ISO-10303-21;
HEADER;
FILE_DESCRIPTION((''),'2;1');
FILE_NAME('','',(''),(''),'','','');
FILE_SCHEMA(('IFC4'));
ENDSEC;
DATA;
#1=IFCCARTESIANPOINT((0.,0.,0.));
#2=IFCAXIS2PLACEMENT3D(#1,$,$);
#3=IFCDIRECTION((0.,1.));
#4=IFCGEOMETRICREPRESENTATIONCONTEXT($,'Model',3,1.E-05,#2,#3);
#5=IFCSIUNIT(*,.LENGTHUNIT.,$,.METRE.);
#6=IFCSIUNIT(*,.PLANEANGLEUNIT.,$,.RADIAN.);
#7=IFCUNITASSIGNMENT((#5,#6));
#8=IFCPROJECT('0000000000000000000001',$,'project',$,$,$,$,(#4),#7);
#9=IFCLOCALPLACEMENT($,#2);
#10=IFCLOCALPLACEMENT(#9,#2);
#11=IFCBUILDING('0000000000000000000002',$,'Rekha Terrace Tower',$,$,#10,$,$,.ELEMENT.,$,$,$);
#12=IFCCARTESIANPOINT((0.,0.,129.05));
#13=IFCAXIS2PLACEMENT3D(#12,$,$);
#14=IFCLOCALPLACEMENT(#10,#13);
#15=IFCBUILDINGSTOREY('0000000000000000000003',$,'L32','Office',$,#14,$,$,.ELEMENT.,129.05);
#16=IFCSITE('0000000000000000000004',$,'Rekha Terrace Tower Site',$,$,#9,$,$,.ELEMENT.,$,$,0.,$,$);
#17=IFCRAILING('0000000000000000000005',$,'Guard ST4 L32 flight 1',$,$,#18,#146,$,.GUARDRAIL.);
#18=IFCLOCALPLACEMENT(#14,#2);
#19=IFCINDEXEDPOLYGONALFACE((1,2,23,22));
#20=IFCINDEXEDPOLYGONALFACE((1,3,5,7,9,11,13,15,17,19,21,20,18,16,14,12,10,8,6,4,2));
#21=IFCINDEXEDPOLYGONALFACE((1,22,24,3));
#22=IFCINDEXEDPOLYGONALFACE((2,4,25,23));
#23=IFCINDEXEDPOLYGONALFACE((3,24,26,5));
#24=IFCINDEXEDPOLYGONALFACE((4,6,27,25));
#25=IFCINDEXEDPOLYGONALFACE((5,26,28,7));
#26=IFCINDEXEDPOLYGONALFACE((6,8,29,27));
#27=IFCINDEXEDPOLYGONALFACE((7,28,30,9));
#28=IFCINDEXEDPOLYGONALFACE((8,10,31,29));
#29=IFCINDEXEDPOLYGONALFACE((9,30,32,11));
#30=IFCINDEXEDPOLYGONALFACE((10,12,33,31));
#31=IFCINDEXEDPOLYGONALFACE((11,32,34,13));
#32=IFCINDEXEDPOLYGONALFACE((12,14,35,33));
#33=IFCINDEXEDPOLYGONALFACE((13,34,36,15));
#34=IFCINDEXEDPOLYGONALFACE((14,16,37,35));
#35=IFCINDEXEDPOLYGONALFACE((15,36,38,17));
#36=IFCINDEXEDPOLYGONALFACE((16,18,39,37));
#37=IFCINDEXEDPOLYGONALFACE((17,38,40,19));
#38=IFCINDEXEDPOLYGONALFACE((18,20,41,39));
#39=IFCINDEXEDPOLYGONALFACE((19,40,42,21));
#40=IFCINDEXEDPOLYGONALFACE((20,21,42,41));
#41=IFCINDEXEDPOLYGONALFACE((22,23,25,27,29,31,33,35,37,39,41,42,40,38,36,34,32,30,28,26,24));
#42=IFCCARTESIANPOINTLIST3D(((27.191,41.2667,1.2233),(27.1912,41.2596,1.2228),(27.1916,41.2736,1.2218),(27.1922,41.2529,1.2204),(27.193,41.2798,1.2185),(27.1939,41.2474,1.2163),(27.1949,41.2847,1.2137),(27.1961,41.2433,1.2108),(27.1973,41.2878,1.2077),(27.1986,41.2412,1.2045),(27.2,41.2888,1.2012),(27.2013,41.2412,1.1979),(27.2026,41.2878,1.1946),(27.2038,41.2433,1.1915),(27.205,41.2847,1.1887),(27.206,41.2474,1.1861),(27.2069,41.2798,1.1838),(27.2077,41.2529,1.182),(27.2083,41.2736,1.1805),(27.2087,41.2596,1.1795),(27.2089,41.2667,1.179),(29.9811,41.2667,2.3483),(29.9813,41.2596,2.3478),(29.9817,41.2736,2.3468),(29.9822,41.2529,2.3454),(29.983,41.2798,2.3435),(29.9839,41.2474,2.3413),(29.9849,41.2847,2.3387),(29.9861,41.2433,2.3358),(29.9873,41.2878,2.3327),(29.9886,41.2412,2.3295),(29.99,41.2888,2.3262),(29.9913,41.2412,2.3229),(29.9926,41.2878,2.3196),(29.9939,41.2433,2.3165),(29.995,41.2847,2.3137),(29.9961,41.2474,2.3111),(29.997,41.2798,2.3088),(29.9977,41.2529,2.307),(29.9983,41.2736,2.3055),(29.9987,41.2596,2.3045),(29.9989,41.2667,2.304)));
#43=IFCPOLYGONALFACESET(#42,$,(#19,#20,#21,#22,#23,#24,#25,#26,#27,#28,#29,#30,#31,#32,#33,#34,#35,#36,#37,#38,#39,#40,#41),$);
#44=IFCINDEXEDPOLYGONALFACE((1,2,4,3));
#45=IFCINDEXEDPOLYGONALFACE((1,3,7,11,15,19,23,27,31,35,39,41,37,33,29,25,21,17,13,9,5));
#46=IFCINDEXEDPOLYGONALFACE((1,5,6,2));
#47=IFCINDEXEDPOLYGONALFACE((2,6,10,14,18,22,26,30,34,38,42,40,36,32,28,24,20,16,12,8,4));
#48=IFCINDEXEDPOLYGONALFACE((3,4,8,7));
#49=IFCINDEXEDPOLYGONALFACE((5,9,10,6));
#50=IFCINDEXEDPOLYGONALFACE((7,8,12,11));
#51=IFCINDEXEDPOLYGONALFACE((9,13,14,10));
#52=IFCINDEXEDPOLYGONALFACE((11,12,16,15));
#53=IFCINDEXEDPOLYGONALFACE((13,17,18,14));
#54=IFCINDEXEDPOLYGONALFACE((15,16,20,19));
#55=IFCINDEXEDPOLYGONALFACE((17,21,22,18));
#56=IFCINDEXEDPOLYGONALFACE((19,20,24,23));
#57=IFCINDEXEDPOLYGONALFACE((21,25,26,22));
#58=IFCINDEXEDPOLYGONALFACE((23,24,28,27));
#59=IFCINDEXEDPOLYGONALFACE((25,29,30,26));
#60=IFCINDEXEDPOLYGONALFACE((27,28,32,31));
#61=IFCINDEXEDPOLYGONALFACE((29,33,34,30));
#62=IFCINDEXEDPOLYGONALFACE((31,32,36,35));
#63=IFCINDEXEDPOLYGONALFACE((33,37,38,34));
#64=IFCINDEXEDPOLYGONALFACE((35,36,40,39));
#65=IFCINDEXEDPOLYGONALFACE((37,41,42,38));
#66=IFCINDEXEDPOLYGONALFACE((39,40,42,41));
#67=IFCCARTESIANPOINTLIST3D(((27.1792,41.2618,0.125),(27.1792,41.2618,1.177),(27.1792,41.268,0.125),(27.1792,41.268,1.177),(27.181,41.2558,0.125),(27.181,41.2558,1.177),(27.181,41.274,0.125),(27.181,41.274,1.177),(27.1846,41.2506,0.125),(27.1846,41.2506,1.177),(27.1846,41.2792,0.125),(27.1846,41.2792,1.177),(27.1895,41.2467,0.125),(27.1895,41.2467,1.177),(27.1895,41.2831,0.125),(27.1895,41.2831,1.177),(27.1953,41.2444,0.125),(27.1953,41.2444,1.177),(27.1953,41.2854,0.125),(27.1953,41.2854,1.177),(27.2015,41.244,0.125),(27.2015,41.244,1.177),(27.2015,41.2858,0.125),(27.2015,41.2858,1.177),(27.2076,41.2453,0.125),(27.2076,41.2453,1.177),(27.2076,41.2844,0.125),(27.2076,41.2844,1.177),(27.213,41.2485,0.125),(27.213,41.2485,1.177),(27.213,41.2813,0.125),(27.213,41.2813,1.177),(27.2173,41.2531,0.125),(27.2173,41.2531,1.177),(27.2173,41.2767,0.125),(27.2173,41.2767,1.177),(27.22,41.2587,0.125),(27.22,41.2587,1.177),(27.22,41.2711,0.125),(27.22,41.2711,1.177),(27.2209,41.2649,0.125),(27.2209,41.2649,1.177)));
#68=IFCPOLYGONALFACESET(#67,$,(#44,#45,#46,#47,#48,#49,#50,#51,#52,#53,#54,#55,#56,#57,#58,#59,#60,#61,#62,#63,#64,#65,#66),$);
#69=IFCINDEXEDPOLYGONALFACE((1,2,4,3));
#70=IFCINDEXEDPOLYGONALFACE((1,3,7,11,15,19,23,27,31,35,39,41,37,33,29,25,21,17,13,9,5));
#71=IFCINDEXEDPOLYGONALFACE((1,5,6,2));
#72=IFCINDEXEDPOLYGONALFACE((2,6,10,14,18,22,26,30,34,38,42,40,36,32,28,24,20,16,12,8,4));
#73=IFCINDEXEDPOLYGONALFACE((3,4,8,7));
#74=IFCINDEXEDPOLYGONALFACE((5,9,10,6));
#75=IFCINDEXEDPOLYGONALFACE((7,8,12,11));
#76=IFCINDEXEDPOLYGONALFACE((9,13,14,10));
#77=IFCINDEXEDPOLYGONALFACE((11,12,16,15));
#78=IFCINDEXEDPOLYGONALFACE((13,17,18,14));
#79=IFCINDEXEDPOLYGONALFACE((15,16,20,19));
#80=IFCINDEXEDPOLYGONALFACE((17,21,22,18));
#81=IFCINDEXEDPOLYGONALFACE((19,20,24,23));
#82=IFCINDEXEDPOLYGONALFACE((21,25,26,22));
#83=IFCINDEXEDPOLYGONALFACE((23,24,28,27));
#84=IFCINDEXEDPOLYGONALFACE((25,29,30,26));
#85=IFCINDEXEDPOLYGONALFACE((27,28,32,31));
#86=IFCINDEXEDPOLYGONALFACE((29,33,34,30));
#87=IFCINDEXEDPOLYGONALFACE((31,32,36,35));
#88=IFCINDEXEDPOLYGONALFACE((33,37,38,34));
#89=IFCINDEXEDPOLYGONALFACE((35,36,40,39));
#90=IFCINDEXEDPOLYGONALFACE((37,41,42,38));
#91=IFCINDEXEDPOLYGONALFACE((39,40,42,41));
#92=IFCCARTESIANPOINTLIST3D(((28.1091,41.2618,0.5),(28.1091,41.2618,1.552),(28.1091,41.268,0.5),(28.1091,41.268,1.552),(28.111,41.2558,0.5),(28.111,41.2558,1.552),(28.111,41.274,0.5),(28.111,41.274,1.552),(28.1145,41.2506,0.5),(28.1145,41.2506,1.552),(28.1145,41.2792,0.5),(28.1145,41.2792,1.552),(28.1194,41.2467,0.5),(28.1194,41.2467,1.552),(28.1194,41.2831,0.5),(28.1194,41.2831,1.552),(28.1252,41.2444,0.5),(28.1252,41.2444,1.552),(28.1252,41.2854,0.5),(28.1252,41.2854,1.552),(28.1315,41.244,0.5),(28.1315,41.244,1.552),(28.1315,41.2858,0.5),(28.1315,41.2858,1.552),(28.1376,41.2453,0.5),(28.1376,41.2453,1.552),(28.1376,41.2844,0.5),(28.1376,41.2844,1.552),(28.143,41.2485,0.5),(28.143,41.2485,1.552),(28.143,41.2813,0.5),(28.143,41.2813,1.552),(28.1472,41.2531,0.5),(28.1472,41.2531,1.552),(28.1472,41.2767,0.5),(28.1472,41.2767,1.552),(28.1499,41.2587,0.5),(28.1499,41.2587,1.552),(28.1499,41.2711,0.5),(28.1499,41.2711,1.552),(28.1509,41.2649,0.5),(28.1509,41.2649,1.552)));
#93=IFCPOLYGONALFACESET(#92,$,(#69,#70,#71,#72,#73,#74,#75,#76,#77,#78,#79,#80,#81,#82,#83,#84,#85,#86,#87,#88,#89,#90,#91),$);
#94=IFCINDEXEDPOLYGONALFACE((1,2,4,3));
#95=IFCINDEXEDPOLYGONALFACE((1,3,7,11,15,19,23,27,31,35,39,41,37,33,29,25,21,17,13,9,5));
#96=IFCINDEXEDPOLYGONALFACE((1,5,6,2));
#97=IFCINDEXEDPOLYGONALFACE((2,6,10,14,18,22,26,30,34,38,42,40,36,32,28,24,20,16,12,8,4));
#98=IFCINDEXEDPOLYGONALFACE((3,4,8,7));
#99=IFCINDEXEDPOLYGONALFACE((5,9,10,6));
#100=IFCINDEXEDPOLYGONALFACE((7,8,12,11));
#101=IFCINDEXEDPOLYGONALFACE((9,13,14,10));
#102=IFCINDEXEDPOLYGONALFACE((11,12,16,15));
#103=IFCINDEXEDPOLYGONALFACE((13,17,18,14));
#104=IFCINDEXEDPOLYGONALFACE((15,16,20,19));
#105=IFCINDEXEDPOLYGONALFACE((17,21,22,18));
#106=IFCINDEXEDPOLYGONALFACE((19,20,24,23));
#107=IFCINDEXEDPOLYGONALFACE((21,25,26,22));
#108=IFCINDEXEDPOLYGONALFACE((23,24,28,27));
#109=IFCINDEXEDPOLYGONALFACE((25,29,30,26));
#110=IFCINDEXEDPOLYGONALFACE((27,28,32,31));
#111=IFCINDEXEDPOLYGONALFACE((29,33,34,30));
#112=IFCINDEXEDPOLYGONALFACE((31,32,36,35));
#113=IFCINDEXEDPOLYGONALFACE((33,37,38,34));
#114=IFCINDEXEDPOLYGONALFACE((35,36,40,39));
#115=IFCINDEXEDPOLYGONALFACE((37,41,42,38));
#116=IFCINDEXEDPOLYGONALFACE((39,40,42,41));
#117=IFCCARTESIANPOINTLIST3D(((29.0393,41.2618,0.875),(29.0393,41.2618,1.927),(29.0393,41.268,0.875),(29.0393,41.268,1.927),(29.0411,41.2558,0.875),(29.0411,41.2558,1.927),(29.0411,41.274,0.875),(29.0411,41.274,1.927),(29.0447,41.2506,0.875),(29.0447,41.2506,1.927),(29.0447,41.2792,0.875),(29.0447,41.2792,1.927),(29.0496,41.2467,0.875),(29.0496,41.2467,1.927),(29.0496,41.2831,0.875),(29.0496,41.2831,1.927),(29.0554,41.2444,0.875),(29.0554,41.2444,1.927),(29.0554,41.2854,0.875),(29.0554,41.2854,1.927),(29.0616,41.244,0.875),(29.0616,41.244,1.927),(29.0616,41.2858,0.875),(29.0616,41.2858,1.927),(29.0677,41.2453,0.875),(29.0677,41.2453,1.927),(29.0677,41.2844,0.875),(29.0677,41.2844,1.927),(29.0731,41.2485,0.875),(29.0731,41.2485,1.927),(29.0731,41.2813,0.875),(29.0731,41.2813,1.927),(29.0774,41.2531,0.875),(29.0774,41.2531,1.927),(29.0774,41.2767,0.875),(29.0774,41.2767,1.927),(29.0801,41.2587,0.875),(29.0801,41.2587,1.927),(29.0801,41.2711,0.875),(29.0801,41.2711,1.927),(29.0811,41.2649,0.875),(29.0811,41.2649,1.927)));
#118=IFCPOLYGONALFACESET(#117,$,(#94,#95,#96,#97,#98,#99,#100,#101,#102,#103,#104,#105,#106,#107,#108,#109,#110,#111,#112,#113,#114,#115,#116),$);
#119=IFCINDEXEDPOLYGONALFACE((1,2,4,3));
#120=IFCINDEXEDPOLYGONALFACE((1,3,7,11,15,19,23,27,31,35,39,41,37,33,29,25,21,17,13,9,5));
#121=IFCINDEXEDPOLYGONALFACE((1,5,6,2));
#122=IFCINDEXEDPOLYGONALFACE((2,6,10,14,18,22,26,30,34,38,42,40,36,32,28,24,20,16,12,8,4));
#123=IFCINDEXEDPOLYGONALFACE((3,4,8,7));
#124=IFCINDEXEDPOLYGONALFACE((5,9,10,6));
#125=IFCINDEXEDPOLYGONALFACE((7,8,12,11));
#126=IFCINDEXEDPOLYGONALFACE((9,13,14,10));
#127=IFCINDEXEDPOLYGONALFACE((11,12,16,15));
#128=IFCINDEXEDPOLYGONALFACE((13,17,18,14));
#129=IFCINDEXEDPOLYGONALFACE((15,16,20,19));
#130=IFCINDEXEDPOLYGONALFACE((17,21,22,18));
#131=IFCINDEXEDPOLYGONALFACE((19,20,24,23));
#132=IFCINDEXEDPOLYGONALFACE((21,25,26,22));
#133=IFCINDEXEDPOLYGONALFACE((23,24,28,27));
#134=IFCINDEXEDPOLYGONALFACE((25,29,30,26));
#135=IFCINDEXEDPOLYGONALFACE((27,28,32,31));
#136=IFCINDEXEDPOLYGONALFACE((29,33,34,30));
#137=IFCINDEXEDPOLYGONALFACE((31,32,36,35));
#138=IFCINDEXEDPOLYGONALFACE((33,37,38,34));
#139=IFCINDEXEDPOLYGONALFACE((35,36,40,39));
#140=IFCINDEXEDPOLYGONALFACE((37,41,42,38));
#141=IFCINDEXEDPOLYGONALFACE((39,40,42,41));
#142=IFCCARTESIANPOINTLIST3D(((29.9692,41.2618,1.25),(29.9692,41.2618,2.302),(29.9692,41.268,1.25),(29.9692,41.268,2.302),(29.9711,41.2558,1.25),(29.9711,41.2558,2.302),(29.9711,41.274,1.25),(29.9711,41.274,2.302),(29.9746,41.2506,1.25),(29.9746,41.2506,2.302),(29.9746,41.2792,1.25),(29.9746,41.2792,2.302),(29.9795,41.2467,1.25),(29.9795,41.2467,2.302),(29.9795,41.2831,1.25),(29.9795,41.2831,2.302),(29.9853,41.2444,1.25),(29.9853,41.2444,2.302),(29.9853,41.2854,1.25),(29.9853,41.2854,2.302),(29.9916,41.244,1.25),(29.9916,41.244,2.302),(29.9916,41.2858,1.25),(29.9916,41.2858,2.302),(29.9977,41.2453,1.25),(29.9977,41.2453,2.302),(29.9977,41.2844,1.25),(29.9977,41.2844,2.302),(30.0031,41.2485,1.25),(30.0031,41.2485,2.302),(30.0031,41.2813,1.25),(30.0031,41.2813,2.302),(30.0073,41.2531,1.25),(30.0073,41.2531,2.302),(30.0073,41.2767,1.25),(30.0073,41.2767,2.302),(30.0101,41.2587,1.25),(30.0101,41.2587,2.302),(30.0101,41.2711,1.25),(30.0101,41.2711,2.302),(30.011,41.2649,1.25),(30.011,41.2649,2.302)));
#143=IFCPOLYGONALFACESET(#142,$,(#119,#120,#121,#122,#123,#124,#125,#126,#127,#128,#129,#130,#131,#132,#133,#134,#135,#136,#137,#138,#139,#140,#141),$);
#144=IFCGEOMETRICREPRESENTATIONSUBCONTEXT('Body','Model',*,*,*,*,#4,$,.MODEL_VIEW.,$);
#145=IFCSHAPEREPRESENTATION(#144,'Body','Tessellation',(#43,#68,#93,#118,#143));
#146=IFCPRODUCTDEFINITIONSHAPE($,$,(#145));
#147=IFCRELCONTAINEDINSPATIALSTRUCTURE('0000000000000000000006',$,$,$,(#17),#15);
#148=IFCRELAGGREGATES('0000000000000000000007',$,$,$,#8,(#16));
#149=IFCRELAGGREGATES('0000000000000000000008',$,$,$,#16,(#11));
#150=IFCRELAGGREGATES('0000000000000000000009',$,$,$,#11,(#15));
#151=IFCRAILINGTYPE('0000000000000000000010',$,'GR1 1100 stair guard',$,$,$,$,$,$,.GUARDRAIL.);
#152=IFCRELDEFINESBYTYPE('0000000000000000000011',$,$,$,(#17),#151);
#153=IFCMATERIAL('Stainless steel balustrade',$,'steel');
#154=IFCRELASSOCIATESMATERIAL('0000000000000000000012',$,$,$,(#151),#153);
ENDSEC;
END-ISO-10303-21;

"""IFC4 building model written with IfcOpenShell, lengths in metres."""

from ifc_helpers import new_model, si_unit, direction, frame, origin, origin_2d, place, context, subcontext, project, spatial, circle, extrude, material, type_object, element, save


model = new_model("IFC4")

# Units and contexts
model_context = context("Model", 3, precision=1e-05, world=origin(), true_north=direction((0.0, 1.0)))
body_context = subcontext(model_context, "Body", "Model", "MODEL_VIEW")
ifc_project = project(units=[si_unit("LENGTHUNIT", "METRE"), si_unit("PLANEANGLEUNIT", "RADIAN")], contexts=[model_context])

# Site, building, storey
site_placement = place(None, origin())
site = spatial("IfcSite", under=ifc_project, at=site_placement, Name="Rekha Terrace Tower Site", CompositionType="ELEMENT", RefElevation=0.0)
building_placement = place(site_placement, origin())
building = spatial("IfcBuilding", under=site, at=building_placement, Name="Rekha Terrace Tower", CompositionType="ELEMENT")
storey_placement = place(building_placement, frame((0.0, 0.0, 129.05)))
storey = spatial("IfcBuildingStorey", under=building, at=storey_placement, Name="L32", Description="Office", CompositionType="ELEMENT", Elevation=129.05)

# Railing
ifc_material_1 = material(Name="Stainless steel balustrade", Category="steel")
railing_type_1 = type_object("IfcRailingType", Name="GR1 1100 stair guard", PredefinedType="GUARDRAIL", material=ifc_material_1)
railing_1_placement = place(storey_placement, frame((27.2, 41.2649, 0.125)))
element("IfcRailing", 1, at=railing_1_placement, inside=storey, type_object=railing_type_1, Name="Guard ST4 L32 flight 1", PredefinedType="GUARDRAIL", context=body_context, shape_type="SweptSolid", body=[
    extrude(circle(Radius=0.0239, at=origin_2d()), frame((0.0, 0.0, 1.0762), z_axis=(0.927443, 0.0, 0.373964), x_axis=(0.0, 1.0, 0.0)), (0.0, 0.0, 1.0), 3.0083),
    extrude(circle(Radius=0.021, at=origin_2d()), origin(), (0.0, 0.0, 1.0), 1.052),
    extrude(circle(Radius=0.021, at=origin_2d()), frame((0.9299, 0.0, 0.375)), (0.0, 0.0, 1.0), 1.052),
    extrude(circle(Radius=0.021, at=origin_2d()), frame((1.8601, 0.0, 0.75)), (0.0, 0.0, 1.0), 1.052),
    extrude(circle(Radius=0.021, at=origin_2d()), frame((2.79, 0.0, 1.125)), (0.0, 0.0, 1.0), 1.052),
])

save(model, "model.ifc")
